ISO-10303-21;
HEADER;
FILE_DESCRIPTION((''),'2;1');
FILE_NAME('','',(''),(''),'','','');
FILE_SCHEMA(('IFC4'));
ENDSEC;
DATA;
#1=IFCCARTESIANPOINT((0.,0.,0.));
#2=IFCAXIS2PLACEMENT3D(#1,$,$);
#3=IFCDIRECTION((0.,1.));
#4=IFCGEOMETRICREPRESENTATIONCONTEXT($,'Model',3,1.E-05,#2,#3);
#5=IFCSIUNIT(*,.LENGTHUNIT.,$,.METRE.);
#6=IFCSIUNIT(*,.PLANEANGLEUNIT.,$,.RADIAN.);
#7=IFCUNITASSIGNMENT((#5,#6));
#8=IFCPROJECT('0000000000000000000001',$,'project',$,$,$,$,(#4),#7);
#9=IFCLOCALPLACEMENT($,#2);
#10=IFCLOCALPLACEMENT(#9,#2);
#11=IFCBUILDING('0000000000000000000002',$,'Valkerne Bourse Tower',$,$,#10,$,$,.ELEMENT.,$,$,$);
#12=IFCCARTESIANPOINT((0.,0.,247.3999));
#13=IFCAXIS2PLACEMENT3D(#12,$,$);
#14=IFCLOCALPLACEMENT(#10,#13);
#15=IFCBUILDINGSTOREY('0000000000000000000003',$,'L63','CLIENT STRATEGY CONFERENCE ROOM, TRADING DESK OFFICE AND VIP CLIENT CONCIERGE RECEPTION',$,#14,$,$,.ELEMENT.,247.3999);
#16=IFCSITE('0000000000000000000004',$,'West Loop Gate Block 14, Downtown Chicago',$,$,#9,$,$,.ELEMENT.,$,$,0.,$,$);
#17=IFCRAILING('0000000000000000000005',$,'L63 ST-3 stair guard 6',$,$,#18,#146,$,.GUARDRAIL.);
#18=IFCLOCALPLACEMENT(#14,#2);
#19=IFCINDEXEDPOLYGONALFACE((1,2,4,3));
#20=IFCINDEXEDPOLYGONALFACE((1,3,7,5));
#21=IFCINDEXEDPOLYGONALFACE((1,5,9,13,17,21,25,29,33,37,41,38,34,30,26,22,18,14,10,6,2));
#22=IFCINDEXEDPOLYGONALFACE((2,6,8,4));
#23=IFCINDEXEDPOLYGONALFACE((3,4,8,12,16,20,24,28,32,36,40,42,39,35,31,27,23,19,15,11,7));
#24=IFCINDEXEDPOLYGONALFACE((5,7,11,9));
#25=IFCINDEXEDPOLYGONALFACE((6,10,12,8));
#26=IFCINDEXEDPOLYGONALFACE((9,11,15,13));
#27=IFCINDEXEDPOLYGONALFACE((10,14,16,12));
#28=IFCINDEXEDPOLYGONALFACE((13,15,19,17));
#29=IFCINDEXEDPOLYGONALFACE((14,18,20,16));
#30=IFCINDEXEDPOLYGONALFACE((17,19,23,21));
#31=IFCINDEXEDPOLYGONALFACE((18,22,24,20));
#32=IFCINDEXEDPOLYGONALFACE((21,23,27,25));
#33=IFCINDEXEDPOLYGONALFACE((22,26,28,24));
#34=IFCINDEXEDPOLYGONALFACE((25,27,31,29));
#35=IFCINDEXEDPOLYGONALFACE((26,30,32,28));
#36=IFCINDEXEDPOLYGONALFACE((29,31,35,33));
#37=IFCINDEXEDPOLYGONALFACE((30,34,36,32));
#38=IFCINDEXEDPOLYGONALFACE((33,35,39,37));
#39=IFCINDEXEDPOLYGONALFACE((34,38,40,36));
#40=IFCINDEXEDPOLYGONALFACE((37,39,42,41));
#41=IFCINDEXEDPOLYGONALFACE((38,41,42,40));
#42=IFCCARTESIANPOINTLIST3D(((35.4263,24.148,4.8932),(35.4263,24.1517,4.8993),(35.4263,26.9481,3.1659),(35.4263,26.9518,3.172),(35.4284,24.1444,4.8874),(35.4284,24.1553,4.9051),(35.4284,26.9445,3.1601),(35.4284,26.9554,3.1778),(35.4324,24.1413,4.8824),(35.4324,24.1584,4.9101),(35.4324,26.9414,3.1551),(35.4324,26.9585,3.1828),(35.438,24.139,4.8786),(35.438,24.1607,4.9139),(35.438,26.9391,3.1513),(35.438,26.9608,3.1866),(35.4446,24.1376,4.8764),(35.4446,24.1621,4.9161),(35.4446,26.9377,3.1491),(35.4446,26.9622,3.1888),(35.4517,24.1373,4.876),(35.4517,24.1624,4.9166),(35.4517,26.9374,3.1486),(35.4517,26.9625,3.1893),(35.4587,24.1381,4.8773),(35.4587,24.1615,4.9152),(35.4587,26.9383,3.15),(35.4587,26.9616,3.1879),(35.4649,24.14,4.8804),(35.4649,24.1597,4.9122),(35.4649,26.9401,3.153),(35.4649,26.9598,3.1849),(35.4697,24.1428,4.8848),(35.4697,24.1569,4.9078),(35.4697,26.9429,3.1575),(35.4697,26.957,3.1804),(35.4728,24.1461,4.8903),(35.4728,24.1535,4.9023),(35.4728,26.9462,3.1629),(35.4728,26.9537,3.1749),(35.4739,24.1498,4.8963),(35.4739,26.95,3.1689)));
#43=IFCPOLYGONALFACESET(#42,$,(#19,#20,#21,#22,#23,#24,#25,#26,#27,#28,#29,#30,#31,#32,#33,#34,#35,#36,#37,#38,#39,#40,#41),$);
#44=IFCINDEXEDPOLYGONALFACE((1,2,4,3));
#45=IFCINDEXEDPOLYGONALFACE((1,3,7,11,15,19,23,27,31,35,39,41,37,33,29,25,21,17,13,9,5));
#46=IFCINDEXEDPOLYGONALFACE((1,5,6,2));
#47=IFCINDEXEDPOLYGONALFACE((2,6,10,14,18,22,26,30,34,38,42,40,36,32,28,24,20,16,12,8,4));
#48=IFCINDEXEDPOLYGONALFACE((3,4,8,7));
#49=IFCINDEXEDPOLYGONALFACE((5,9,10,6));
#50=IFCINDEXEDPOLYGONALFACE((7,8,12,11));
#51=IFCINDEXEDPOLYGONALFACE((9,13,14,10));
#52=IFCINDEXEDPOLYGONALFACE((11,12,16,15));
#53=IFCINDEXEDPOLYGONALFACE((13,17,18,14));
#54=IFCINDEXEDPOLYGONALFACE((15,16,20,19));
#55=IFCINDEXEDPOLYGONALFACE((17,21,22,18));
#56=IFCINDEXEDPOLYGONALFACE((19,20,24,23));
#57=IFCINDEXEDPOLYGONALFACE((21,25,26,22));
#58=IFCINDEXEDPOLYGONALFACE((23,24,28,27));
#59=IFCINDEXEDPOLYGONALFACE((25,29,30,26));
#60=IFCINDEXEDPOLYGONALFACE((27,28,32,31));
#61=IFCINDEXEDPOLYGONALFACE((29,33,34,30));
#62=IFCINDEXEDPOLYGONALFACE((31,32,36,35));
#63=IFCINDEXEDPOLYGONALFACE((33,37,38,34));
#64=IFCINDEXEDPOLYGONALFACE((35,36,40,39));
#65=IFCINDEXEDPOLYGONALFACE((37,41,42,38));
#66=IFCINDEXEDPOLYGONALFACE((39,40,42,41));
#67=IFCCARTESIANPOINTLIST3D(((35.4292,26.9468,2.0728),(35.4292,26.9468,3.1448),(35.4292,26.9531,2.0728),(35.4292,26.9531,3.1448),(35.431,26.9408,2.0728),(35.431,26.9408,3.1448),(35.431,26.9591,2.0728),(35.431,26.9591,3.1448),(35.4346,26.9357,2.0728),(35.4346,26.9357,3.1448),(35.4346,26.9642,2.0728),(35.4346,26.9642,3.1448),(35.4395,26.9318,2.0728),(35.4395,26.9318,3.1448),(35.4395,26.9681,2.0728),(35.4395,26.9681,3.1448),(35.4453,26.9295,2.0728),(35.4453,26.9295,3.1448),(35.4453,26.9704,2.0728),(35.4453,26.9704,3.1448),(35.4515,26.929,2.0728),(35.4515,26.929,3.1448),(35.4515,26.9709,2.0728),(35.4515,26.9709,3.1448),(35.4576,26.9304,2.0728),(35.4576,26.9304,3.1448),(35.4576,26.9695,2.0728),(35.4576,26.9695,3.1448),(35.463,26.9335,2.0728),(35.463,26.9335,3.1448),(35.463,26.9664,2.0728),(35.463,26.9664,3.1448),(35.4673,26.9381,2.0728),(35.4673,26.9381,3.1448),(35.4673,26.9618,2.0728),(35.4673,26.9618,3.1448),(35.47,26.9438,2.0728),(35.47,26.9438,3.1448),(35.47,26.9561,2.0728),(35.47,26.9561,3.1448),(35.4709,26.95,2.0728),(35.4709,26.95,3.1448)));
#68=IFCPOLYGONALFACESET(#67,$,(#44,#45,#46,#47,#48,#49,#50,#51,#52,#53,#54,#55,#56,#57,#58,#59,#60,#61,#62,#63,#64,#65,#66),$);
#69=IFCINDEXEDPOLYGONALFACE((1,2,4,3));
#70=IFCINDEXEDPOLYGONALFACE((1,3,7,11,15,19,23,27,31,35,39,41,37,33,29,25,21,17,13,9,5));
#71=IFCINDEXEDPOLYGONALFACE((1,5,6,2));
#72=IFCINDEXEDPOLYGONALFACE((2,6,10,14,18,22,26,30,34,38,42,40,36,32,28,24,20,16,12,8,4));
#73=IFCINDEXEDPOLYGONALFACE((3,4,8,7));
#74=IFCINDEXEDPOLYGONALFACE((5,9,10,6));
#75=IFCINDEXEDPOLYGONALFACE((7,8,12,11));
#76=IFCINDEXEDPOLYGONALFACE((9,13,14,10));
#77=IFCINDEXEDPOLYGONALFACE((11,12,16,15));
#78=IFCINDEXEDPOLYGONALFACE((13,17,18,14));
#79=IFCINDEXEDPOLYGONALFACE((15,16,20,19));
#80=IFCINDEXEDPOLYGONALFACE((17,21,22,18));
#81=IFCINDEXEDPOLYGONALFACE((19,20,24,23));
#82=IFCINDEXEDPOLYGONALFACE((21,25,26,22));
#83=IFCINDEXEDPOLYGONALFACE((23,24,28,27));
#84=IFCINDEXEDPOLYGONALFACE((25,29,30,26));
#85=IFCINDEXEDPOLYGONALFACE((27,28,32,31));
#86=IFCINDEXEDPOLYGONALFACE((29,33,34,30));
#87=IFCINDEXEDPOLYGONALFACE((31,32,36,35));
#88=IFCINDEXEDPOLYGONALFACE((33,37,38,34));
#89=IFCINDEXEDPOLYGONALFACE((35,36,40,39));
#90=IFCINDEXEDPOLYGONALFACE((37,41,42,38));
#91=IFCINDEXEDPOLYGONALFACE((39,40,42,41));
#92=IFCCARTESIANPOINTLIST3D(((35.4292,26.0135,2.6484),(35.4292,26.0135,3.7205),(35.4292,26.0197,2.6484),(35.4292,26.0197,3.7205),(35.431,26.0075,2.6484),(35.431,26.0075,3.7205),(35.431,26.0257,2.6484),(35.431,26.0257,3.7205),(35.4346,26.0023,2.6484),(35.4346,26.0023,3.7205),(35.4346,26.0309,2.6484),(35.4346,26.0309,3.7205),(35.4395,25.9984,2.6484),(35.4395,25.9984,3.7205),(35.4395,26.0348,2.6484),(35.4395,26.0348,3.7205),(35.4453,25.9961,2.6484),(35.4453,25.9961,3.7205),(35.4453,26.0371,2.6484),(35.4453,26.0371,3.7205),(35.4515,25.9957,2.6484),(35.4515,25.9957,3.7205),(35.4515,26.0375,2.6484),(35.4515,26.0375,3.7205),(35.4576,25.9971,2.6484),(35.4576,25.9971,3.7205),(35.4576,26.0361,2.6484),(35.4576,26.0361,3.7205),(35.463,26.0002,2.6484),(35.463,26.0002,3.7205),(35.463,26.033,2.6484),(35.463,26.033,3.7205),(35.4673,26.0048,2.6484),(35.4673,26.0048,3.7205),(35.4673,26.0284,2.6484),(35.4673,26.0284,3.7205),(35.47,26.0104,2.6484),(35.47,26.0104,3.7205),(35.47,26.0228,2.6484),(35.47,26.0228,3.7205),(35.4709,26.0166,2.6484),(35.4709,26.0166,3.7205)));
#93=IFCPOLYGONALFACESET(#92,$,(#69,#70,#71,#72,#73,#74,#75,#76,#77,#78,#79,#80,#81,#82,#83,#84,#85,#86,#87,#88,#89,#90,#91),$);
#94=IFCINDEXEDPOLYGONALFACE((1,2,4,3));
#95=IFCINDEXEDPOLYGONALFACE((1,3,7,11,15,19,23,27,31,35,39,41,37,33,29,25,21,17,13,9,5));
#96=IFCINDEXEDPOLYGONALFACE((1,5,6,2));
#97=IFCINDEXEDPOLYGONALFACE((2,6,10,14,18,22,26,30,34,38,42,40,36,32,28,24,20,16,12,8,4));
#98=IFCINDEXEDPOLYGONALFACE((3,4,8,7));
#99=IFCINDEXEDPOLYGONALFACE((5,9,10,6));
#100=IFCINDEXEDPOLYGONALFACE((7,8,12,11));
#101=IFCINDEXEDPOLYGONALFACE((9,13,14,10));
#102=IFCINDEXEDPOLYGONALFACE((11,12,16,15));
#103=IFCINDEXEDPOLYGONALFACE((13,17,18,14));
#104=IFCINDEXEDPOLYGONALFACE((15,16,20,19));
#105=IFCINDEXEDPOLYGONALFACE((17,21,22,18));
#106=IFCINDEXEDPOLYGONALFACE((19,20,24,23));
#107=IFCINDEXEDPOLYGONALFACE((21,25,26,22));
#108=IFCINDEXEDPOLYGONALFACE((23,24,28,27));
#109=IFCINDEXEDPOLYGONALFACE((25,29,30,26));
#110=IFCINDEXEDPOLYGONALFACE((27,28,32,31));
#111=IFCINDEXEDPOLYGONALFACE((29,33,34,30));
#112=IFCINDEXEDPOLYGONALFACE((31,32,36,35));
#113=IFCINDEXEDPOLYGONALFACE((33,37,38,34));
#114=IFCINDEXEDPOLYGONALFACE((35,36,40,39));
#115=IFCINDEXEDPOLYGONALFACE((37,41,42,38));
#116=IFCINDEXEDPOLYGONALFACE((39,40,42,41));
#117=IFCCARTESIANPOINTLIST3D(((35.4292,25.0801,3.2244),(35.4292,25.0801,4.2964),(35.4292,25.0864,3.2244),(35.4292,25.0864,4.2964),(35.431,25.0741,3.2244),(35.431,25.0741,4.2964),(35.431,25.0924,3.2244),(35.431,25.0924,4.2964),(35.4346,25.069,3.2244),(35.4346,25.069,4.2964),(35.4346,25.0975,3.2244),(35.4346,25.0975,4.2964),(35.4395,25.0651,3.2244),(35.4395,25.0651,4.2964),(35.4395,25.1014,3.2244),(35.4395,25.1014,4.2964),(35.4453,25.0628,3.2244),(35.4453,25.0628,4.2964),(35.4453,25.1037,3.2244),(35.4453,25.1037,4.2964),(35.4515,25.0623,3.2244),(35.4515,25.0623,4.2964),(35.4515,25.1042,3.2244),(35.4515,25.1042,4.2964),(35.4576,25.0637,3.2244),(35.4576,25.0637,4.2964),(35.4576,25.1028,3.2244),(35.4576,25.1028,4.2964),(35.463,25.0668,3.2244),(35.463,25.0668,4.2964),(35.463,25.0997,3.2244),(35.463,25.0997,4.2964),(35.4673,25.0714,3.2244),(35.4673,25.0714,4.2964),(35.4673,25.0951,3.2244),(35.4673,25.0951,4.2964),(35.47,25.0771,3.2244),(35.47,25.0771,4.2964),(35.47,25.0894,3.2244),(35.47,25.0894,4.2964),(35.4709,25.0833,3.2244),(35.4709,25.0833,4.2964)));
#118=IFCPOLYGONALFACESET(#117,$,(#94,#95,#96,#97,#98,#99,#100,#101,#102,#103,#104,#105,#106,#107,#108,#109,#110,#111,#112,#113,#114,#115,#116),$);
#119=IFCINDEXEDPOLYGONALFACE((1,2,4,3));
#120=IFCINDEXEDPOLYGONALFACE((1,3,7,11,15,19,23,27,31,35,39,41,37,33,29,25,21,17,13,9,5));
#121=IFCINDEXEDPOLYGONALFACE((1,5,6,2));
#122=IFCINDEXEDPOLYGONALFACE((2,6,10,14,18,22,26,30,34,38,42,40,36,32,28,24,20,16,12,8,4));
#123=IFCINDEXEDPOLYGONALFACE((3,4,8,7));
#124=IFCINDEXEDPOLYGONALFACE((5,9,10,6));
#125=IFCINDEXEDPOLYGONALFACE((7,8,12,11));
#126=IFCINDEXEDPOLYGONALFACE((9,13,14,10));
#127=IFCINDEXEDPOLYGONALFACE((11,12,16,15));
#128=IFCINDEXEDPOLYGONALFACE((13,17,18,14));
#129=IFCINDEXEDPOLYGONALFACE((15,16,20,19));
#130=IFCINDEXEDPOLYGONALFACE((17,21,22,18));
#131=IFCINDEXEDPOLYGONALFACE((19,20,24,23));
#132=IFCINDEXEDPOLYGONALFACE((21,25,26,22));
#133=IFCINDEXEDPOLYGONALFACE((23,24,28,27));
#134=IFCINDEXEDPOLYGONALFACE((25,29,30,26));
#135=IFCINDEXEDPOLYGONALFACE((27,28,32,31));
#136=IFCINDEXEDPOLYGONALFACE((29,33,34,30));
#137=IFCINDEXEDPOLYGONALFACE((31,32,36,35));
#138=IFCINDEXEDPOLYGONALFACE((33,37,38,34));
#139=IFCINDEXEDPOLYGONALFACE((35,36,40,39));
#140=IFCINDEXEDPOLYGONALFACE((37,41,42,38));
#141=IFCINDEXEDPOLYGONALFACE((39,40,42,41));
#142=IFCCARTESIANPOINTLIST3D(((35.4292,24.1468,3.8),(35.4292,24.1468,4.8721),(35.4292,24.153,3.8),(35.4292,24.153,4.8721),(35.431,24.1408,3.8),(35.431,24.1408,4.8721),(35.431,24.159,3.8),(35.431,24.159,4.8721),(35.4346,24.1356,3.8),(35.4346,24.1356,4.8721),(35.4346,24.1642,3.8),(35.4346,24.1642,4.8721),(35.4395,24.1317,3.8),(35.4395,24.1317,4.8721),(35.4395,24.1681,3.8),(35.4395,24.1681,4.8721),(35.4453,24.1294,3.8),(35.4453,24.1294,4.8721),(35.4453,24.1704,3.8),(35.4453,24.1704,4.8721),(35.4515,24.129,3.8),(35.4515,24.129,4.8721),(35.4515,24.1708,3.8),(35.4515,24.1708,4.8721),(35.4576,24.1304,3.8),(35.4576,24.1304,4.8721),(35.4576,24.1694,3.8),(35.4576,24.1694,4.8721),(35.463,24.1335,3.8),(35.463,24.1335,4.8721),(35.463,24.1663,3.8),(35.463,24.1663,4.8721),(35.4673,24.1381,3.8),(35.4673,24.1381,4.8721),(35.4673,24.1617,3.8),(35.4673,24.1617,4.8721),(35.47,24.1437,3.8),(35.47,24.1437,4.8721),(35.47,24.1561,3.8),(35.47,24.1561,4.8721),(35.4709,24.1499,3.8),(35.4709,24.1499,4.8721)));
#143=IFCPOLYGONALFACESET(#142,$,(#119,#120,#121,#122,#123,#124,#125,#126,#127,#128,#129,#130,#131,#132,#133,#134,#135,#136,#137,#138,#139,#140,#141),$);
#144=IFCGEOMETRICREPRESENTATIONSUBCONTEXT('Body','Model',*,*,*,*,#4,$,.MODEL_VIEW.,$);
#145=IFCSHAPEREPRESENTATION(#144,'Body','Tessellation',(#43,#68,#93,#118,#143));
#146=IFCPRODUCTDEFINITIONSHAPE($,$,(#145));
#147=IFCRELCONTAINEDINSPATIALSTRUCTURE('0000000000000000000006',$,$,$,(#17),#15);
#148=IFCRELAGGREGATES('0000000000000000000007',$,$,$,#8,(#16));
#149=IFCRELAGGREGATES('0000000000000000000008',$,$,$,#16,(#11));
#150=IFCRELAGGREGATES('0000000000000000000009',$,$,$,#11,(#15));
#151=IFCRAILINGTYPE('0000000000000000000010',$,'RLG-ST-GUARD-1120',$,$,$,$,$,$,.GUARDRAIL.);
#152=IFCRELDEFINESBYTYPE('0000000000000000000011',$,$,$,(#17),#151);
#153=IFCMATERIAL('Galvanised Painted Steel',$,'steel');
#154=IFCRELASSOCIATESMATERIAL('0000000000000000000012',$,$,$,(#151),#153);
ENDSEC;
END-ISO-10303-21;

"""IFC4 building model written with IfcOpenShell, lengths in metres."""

from ifc_helpers import new_model, si_unit, direction, frame, origin, origin_2d, place, context, subcontext, project, spatial, circle, extrude, material, type_object, element, save


model = new_model("IFC4")

# Units and contexts
model_context = context("Model", 3, precision=1e-05, world=origin(), true_north=direction((0.0, 1.0)))
body_context = subcontext(model_context, "Body", "Model", "MODEL_VIEW")
ifc_project = project(units=[si_unit("LENGTHUNIT", "METRE"), si_unit("PLANEANGLEUNIT", "RADIAN")], contexts=[model_context])

# Site, building, storey
site_placement = place(None, origin())
site = spatial("IfcSite", under=ifc_project, at=site_placement, Name="West Loop Gate Block 14, Downtown Chicago", CompositionType="ELEMENT", RefElevation=0.0)
building_placement = place(site_placement, origin())
building = spatial("IfcBuilding", under=site, at=building_placement, Name="Valkerne Bourse Tower", CompositionType="ELEMENT")
storey_placement = place(building_placement, frame((0.0, 0.0, 247.3999)))
storey = spatial("IfcBuildingStorey", under=building, at=storey_placement, Name="L63", Description="CLIENT STRATEGY CONFERENCE ROOM, TRADING DESK OFFICE AND VIP CLIENT CONCIERGE RECEPTION", CompositionType="ELEMENT", Elevation=247.3999)

# Railing
ifc_material_1 = material(Name="Galvanised Painted Steel", Category="steel")
railing_type_1 = type_object("IfcRailingType", Name="RLG-ST-GUARD-1120", PredefinedType="GUARDRAIL", material=ifc_material_1)
railing_1_placement = place(storey_placement, frame((35.45, 26.95, 2.0728)))
element("IfcRailing", 1, at=railing_1_placement, inside=storey, type_object=railing_type_1, Name="L63 ST-3 stair guard 6", PredefinedType="GUARDRAIL", context=body_context, shape_type="SweptSolid", body=[
    extrude(circle(Radius=0.0239, at=origin_2d()), frame((0.0, 0.0, 1.0962), z_axis=(0.0, -0.85109, 0.52502), x_axis=(1.0, 0.0, 0.0)), (0.0, 0.0, 1.0), 3.29),
    extrude(circle(Radius=0.021, at=origin_2d()), origin(), (0.0, 0.0, 1.0), 1.072),
    extrude(circle(Radius=0.021, at=origin_2d()), frame((0.0, -0.9333, 0.5757)), (0.0, 0.0, 1.0), 1.072),
    extrude(circle(Radius=0.021, at=origin_2d()), frame((0.0, -1.8667, 1.1516)), (0.0, 0.0, 1.0), 1.072),
    extrude(circle(Radius=0.021, at=origin_2d()), frame((0.0, -2.8, 1.7273)), (0.0, 0.0, 1.0), 1.072),
])

save(model, "model.ifc")
